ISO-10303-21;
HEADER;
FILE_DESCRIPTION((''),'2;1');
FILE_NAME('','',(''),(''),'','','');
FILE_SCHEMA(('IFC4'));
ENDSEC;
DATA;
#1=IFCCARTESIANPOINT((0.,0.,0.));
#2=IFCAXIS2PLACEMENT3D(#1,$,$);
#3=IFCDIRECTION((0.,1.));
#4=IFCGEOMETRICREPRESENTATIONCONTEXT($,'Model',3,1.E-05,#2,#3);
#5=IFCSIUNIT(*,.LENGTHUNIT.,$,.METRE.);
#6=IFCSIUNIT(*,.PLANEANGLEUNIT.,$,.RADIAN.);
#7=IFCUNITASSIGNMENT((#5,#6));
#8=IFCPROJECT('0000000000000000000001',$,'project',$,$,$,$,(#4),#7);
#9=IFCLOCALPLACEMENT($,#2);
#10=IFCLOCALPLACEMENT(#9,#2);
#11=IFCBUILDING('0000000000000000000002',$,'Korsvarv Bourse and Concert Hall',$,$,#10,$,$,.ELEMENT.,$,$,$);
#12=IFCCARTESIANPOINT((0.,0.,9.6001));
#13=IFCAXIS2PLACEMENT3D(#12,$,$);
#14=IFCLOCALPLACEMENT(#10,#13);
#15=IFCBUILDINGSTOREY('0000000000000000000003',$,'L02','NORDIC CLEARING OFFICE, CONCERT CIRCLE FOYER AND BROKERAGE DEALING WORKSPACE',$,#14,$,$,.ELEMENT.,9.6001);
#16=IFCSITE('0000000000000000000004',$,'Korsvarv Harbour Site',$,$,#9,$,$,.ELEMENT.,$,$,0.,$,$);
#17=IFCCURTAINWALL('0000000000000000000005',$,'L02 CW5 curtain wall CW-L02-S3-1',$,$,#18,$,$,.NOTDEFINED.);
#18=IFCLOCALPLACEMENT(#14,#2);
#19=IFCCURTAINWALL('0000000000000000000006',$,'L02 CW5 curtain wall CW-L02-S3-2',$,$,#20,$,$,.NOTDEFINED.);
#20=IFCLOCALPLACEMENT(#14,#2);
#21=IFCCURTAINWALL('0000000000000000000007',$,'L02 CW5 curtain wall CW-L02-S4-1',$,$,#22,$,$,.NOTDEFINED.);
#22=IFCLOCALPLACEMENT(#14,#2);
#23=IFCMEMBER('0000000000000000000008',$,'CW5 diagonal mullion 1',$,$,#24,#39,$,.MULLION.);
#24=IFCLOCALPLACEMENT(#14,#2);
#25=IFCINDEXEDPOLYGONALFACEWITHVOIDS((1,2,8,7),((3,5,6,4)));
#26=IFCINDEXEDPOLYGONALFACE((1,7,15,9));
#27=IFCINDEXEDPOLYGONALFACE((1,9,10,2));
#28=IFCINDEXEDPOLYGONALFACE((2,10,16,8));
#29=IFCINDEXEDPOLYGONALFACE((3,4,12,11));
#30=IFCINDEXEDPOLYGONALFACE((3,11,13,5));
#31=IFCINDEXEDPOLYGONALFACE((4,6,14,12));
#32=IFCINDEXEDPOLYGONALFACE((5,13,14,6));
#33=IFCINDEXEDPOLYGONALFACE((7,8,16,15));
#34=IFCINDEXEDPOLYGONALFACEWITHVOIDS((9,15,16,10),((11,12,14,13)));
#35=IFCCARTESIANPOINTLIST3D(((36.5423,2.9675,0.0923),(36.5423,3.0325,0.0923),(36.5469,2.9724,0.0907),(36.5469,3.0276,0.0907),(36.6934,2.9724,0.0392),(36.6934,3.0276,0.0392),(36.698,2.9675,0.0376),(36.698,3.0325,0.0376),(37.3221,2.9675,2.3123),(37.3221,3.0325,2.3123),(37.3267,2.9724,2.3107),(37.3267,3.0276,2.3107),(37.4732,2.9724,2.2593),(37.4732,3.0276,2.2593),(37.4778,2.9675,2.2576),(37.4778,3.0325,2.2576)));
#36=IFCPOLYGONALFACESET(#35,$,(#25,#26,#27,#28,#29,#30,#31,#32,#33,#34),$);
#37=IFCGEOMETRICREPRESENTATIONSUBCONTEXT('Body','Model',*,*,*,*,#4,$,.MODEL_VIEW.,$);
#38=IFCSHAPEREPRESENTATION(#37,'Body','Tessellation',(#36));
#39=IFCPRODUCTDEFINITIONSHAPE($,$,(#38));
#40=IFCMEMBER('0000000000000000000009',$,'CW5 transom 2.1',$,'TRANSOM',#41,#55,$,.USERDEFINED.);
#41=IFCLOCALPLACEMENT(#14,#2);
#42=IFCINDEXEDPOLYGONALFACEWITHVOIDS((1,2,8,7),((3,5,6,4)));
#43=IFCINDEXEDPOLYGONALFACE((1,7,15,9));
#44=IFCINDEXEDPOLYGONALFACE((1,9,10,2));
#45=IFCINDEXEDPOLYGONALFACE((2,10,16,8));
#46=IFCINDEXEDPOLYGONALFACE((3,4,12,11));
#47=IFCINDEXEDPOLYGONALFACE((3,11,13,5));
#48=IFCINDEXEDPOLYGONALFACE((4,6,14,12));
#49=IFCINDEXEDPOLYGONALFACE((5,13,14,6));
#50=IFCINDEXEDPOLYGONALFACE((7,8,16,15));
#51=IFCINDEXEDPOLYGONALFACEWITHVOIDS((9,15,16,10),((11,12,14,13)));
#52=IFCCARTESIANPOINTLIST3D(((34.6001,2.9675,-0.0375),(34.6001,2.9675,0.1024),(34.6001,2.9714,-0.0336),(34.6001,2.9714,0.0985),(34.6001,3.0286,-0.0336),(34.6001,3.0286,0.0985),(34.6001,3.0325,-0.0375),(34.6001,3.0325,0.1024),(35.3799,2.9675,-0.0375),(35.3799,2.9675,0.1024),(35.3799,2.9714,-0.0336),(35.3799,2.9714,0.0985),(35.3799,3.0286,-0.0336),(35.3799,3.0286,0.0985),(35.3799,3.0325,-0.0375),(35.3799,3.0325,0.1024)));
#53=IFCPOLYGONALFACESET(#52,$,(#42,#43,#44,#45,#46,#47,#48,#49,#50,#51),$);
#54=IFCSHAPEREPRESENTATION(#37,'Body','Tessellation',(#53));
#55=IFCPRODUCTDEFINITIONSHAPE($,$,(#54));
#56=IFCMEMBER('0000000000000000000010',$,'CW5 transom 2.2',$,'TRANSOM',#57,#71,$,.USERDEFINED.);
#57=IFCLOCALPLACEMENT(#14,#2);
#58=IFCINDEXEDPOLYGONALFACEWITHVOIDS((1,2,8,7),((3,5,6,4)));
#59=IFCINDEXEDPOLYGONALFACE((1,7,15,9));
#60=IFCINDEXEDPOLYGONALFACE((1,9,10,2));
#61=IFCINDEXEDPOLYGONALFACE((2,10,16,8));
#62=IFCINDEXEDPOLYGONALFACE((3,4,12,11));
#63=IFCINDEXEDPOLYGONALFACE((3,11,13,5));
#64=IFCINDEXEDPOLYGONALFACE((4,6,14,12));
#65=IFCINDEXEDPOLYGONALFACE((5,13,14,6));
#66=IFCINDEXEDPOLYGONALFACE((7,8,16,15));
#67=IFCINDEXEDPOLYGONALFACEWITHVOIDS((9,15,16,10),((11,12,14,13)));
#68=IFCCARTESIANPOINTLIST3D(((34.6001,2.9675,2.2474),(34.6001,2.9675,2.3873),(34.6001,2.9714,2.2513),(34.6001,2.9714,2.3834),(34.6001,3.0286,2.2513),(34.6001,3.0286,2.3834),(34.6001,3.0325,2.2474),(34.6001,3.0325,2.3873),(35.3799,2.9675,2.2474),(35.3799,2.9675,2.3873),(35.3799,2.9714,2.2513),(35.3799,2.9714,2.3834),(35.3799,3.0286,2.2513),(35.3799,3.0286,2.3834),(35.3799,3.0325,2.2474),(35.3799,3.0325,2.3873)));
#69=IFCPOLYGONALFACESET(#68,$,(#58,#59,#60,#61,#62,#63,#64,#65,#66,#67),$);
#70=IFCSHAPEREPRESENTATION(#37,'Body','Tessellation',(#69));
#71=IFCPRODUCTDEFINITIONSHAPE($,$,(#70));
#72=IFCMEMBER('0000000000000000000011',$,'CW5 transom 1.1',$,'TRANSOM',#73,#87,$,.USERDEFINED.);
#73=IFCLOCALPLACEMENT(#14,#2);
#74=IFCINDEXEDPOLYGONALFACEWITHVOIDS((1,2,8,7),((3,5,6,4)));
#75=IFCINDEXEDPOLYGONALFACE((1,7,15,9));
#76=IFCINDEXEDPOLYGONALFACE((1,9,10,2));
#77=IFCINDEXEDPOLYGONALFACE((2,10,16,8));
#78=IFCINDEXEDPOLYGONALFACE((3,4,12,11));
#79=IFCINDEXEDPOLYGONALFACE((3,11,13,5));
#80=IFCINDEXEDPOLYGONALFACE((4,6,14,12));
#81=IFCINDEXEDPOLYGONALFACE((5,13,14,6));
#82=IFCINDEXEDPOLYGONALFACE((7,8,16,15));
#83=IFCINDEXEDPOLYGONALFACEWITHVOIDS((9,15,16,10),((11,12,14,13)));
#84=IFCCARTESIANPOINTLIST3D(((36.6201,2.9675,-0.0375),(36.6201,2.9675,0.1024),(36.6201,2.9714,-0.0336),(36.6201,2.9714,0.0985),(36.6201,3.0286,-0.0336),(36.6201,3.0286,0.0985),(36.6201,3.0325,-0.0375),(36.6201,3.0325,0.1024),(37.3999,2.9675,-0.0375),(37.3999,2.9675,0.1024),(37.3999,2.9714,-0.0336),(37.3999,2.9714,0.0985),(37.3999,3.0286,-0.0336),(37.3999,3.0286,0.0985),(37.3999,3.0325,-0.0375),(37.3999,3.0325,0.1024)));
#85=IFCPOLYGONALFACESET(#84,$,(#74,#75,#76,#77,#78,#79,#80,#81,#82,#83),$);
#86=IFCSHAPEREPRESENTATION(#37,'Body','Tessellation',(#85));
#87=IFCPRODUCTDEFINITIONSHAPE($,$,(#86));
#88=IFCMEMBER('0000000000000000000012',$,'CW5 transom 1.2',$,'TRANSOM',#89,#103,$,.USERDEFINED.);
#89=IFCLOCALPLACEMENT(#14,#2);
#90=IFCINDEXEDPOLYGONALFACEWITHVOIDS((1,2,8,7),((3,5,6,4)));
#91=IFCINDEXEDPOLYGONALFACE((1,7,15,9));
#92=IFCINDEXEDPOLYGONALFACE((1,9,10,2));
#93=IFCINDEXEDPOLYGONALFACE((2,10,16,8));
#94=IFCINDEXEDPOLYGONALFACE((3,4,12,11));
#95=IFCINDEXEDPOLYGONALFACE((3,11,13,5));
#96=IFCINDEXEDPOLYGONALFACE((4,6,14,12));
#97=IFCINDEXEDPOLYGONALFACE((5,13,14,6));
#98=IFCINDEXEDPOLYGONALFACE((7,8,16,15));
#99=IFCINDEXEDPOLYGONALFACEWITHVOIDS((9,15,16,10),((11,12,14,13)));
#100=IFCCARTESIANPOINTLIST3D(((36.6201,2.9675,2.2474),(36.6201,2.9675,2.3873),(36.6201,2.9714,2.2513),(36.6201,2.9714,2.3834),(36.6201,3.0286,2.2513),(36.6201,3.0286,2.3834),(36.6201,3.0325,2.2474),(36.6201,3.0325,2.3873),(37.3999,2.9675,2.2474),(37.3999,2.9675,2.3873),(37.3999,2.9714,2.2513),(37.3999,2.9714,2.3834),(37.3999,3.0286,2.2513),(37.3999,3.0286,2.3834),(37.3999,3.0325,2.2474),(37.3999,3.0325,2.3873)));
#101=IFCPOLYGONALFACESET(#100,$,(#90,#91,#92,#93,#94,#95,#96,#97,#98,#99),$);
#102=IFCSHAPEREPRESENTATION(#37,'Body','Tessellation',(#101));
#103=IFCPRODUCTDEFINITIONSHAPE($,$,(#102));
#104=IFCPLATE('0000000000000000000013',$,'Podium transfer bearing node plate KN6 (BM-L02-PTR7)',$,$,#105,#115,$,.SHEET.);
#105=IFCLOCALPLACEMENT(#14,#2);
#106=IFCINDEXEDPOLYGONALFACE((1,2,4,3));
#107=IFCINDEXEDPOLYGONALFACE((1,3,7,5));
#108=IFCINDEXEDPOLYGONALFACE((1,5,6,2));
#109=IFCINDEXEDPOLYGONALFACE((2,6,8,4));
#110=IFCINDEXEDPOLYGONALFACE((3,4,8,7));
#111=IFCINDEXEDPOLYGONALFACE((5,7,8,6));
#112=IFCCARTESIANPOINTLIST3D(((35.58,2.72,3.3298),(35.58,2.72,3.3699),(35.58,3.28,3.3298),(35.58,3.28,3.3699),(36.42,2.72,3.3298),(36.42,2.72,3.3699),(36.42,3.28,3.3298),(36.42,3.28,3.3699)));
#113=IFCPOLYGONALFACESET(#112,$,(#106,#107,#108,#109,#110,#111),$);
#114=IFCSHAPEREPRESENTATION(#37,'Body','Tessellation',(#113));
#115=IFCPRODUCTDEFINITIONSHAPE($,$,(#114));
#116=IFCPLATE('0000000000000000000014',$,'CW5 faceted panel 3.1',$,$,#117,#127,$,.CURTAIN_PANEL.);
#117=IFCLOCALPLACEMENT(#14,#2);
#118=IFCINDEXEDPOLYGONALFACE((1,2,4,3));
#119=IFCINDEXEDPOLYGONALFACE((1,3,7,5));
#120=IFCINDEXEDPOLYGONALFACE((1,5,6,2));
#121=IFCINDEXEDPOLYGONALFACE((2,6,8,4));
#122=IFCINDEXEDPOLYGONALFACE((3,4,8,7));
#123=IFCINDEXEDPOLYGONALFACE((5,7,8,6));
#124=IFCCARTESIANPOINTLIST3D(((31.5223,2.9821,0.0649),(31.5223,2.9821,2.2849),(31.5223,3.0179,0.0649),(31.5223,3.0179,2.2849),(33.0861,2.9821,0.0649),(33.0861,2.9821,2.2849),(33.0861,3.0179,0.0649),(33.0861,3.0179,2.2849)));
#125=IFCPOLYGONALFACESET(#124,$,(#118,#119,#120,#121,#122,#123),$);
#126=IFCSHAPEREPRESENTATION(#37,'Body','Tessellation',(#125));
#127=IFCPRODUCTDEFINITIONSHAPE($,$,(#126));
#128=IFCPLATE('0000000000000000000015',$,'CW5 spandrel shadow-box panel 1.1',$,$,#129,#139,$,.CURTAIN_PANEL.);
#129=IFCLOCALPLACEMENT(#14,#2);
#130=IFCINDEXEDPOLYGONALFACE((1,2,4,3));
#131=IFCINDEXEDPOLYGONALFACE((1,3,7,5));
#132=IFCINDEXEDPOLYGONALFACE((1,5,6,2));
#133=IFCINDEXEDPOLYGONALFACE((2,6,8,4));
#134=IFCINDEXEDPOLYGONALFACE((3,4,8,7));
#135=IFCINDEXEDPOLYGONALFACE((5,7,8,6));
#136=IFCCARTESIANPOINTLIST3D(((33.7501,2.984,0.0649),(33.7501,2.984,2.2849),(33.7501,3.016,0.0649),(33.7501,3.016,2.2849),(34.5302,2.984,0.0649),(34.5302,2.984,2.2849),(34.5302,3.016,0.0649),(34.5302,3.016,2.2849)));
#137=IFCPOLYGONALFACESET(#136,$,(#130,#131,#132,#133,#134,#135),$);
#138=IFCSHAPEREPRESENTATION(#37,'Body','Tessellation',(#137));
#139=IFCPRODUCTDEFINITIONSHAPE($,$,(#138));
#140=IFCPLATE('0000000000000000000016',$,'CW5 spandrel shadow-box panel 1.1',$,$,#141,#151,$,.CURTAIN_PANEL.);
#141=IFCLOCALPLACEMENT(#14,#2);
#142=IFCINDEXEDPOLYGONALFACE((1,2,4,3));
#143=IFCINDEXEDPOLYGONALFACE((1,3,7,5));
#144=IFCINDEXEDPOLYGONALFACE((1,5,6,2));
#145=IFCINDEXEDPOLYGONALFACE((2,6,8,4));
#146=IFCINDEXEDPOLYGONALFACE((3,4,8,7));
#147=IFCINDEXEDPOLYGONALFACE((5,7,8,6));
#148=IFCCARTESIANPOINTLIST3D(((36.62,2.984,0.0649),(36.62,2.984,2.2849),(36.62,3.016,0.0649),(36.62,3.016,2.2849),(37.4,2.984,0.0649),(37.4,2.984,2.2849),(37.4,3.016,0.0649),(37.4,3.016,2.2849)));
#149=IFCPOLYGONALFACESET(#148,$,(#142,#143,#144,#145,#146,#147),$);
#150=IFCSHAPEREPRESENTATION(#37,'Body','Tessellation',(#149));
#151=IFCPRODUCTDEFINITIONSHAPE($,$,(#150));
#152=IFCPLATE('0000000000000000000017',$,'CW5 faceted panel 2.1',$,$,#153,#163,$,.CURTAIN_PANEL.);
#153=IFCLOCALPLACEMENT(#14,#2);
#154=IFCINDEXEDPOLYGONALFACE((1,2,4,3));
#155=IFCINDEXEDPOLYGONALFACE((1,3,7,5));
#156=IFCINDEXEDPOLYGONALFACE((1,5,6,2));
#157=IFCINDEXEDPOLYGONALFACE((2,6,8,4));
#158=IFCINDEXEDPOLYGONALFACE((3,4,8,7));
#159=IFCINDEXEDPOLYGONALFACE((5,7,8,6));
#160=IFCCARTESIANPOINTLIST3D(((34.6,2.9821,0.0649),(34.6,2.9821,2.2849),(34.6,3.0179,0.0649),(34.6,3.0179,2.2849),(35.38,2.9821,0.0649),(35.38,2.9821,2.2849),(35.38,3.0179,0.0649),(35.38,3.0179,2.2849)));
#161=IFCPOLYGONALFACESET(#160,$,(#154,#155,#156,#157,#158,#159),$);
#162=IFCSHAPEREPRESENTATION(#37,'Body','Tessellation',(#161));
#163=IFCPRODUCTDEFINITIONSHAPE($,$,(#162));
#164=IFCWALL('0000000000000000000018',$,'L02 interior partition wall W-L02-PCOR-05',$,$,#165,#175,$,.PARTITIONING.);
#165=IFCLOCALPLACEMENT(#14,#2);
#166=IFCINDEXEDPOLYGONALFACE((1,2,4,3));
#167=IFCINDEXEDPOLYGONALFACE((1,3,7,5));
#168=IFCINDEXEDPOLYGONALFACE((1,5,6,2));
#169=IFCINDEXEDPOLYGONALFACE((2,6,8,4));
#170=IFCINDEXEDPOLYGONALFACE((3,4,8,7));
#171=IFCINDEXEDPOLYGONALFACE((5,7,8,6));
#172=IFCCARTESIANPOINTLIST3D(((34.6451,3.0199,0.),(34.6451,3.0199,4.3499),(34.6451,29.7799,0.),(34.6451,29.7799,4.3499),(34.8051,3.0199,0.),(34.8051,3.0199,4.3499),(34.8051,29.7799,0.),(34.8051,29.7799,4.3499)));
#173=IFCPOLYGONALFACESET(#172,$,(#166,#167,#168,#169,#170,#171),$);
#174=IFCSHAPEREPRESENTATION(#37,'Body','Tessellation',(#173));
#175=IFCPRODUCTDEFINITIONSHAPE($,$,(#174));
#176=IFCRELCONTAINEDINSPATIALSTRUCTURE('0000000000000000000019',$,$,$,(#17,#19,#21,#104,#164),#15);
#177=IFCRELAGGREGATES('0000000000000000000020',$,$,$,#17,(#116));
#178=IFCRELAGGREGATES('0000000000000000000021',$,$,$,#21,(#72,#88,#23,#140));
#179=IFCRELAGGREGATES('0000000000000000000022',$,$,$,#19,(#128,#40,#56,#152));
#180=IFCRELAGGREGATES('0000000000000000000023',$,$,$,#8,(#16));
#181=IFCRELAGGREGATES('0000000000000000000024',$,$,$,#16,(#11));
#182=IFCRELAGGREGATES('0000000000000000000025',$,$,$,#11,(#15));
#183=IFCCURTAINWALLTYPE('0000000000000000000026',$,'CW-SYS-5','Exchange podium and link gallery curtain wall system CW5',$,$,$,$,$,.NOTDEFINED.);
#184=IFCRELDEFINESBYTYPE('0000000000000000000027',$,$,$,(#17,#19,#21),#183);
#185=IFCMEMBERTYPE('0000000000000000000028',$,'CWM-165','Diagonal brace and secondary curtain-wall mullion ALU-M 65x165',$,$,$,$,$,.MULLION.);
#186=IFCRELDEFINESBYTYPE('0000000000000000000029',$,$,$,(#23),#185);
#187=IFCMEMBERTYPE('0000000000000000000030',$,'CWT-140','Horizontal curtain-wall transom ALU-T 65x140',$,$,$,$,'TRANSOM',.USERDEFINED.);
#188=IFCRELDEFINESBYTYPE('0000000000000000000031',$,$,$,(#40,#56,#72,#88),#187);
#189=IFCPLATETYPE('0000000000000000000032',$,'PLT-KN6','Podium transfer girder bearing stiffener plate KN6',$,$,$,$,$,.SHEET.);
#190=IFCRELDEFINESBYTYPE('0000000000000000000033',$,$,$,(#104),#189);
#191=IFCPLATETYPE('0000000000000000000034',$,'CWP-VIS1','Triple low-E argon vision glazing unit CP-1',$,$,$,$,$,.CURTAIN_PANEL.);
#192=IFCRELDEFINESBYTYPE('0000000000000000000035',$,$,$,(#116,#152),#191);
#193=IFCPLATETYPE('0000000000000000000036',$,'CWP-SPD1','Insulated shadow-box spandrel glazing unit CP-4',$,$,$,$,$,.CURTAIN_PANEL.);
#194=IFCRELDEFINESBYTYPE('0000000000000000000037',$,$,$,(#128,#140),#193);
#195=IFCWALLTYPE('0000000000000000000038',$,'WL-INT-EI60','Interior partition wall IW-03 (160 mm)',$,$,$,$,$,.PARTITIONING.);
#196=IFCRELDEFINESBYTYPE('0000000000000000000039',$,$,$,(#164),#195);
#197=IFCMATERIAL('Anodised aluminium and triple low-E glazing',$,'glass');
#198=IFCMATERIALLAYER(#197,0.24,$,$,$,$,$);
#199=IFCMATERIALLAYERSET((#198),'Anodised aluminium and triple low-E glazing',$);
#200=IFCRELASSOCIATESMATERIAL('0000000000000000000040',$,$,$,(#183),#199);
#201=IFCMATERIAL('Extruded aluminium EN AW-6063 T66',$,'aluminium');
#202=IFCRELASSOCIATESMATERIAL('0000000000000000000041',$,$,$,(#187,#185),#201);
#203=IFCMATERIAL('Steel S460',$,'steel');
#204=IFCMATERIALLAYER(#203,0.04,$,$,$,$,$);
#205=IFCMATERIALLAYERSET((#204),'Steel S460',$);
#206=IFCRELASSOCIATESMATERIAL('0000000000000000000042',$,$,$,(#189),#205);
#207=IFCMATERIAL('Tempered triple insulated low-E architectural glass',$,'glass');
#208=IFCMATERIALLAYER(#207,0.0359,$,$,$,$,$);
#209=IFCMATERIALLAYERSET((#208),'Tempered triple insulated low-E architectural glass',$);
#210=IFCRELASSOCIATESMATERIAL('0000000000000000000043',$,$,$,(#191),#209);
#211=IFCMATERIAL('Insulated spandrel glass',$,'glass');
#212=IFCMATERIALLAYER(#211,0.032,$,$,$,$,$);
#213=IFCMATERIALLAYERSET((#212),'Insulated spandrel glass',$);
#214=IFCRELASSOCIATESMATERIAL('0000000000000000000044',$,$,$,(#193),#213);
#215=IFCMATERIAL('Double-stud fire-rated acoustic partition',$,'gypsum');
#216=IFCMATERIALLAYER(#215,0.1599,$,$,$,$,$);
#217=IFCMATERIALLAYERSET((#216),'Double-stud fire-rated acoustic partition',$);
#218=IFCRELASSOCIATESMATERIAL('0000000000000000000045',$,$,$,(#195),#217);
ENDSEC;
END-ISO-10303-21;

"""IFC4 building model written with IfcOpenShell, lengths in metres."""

from ifc_helpers import new_model, si_unit, direction, frame, frame_2d, origin, origin_2d, place, context, subcontext, project, spatial, rectangle, hollow_rectangle, extrude, source, transform, mapped, material, layer, layer_set, material_profile, profile_set, type_object, element, aggregate, save


model = new_model("IFC4")

# Units and contexts
model_context = context("Model", 3, precision=1e-05, world=origin(), true_north=direction((0.0, 1.0)))
body_context = subcontext(model_context, "Body", "Model", "MODEL_VIEW")
ifc_project = project(units=[si_unit("LENGTHUNIT", "METRE"), si_unit("PLANEANGLEUNIT", "RADIAN")], contexts=[model_context])

# Site, building, storey
site_placement = place(None, origin())
site = spatial("IfcSite", under=ifc_project, at=site_placement, Name="Korsvarv Harbour Site", CompositionType="ELEMENT", RefElevation=0.0)
building_placement = place(site_placement, origin())
building = spatial("IfcBuilding", under=site, at=building_placement, Name="Korsvarv Bourse and Concert Hall", CompositionType="ELEMENT")
storey_placement = place(building_placement, frame((0.0, 0.0, 9.6001)))
storey = spatial("IfcBuildingStorey", under=building, at=storey_placement, Name="L02", Description="NORDIC CLEARING OFFICE, CONCERT CIRCLE FOYER AND BROKERAGE DEALING WORKSPACE", CompositionType="ELEMENT", Elevation=9.6001)

# Curtain wall
ifc_material_1 = material(Name="Anodised aluminium and triple low-E glazing", Category="glass")
ifc_layer_1 = layer(ifc_material_1, 0.24)
ifc_layer_set_1 = layer_set([ifc_layer_1], Name="Anodised aluminium and triple low-E glazing")
curtain_wall_type = type_object("IfcCurtainWallType", Name="CW-SYS-5", Description="Exchange podium and link gallery curtain wall system CW5", PredefinedType="NOTDEFINED", material=ifc_layer_set_1)
curtain_wall_1_placement = place(storey_placement, origin())
curtain_wall_1 = element("IfcCurtainWall", 1, at=curtain_wall_1_placement, inside=storey, type_object=curtain_wall_type, Name="L02 CW5 curtain wall CW-L02-S3-1", PredefinedType="NOTDEFINED")
ifc_material_2 = material(Name="Extruded aluminium EN AW-6063 T66", Category="aluminium")

# Curtain wall
curtain_wall_2_placement = place(storey_placement, origin())
curtain_wall_2 = element("IfcCurtainWall", 2, at=curtain_wall_2_placement, inside=storey, type_object=curtain_wall_type, Name="L02 CW5 curtain wall CW-L02-S3-2", PredefinedType="NOTDEFINED")

# Curtain wall
curtain_wall_3_placement = place(storey_placement, origin())
curtain_wall_3 = element("IfcCurtainWall", 3, at=curtain_wall_3_placement, inside=storey, type_object=curtain_wall_type, Name="L02 CW5 curtain wall CW-L02-S4-1", PredefinedType="NOTDEFINED")

# Members
ifc_material_profile_1 = material_profile(ifc_material_2, hollow_rectangle(XDim=0.0649, YDim=0.1399, WallThickness=0.0039, at=origin_2d()), Name="ALU-T 65x140")
ifc_profile_set_1 = profile_set([ifc_material_profile_1], Name="Extruded aluminium EN AW-6063 T66")
member_type_1 = type_object("IfcMemberType", Name="CWT-140", Description="Horizontal curtain-wall transom ALU-T 65x140", ElementType="TRANSOM", PredefinedType="USERDEFINED", material=ifc_profile_set_1)
ifc_material_profile_2 = material_profile(ifc_material_2, hollow_rectangle(XDim=0.0649, YDim=0.165, WallThickness=0.0049, at=origin_2d()), Name="ALU-M 65x165")
ifc_profile_set_2 = profile_set([ifc_material_profile_2], Name="Extruded aluminium EN AW-6063 T66")
member_type_2 = type_object("IfcMemberType", Name="CWM-165", Description="Diagonal brace and secondary curtain-wall mullion ALU-M 65x165", PredefinedType="MULLION", material=ifc_profile_set_2)
shared_shape_1 = source(origin(), body_context, "Body", "SweptSolid", [
    extrude(hollow_rectangle(XDim=0.0649, YDim=0.165, WallThickness=0.0049, at=origin_2d()), origin(), (0.0, 0.0, 1.0), 2.353),
])
member_1_placement = place(storey_placement, frame((36.6201, 3.0, 0.0649), z_axis=(0.331409, 0.0, 0.943487), x_axis=(0.0, 1.0, 0.0)))
member_1 = element("IfcMember", 4, at=member_1_placement, type_object=member_type_2, Name="CW5 diagonal mullion 1", PredefinedType="MULLION", context=body_context, shape_type="MappedRepresentation", body=[
    mapped(shared_shape_1, transform((0.0, 0.0, 0.0), scale=1.0)),
])
shared_shape_2 = source(origin(), body_context, "Body", "SweptSolid", [
    extrude(hollow_rectangle(XDim=0.0649, YDim=0.1399, WallThickness=0.0039, at=origin_2d()), origin(), (0.0, 0.0, 1.0), 0.7798),
])
member_2_placement = place(storey_placement, frame((34.6001, 3.0, 0.0325), z_axis=(1.0, 0.0, 0.0), x_axis=(0.0, 1.0, 0.0)))
member_2 = element("IfcMember", 5, at=member_2_placement, type_object=member_type_1, Name="CW5 transom 2.1", ObjectType="TRANSOM", PredefinedType="USERDEFINED", context=body_context, shape_type="MappedRepresentation", body=[
    mapped(shared_shape_2, transform((0.0, 0.0, 0.0), scale=1.0)),
])
member_3_placement = place(storey_placement, frame((34.6001, 3.0, 2.3174), z_axis=(1.0, 0.0, 0.0), x_axis=(0.0, 1.0, 0.0)))
member_3 = element("IfcMember", 6, at=member_3_placement, type_object=member_type_1, Name="CW5 transom 2.2", ObjectType="TRANSOM", PredefinedType="USERDEFINED", context=body_context, shape_type="MappedRepresentation", body=[
    mapped(shared_shape_2, transform((0.0, 0.0, 0.0), scale=1.0)),
])
member_4_placement = place(storey_placement, frame((36.6201, 3.0, 0.0325), z_axis=(1.0, 0.0, 0.0), x_axis=(0.0, 1.0, 0.0)))
member_4 = element("IfcMember", 7, at=member_4_placement, type_object=member_type_1, Name="CW5 transom 1.1", ObjectType="TRANSOM", PredefinedType="USERDEFINED", context=body_context, shape_type="MappedRepresentation", body=[
    mapped(shared_shape_2, transform((0.0, 0.0, 0.0), scale=1.0)),
])
member_5_placement = place(storey_placement, frame((36.6201, 3.0, 2.3174), z_axis=(1.0, 0.0, 0.0), x_axis=(0.0, 1.0, 0.0)))
member_5 = element("IfcMember", 8, at=member_5_placement, type_object=member_type_1, Name="CW5 transom 1.2", ObjectType="TRANSOM", PredefinedType="USERDEFINED", context=body_context, shape_type="MappedRepresentation", body=[
    mapped(shared_shape_2, transform((0.0, 0.0, 0.0), scale=1.0)),
])

# Plates
ifc_material_3 = material(Name="Steel S460", Category="steel")
ifc_layer_2 = layer(ifc_material_3, 0.04)
ifc_layer_set_2 = layer_set([ifc_layer_2], Name="Steel S460")
plate_type_1 = type_object("IfcPlateType", Name="PLT-KN6", Description="Podium transfer girder bearing stiffener plate KN6", PredefinedType="SHEET", material=ifc_layer_set_2)
shared_shape_3 = source(origin(), body_context, "Body", "SweptSolid", [
    extrude(rectangle(XDim=0.8401, YDim=0.5601, at=origin_2d()), origin(), (0.0, 0.0, 1.0), 0.04),
])
plate_1_placement = place(storey_placement, frame((36.0, 3.0, 3.3298), z_axis=(0.0, 0.0, 1.0), x_axis=(1.0, 0.0, 0.0)))
element("IfcPlate", 9, at=plate_1_placement, inside=storey, type_object=plate_type_1, Name="Podium transfer bearing node plate KN6 (BM-L02-PTR7)", PredefinedType="SHEET", context=body_context, shape_type="MappedRepresentation", body=[
    mapped(shared_shape_3, transform((0.0, 0.0, 0.0), scale=1.0)),
])
ifc_material_4 = material(Name="Tempered triple insulated low-E architectural glass", Category="glass")
ifc_layer_3 = layer(ifc_material_4, 0.0359)
ifc_layer_set_3 = layer_set([ifc_layer_3], Name="Tempered triple insulated low-E architectural glass")
plate_type_2 = type_object("IfcPlateType", Name="CWP-VIS1", Description="Triple low-E argon vision glazing unit CP-1", PredefinedType="CURTAIN_PANEL", material=ifc_layer_set_3)
shared_shape_4 = source(origin(), body_context, "Body", "SweptSolid", [
    extrude(rectangle(XDim=1.5637, YDim=0.0359, at=origin_2d()), origin(), (0.0, 0.0, 1.0), 2.22),
])
plate_2_placement = place(storey_placement, frame((32.3042, 3.0, 0.0649), z_axis=(0.0, 0.0, 1.0), x_axis=(1.0, 0.0, 0.0)))
plate_2 = element("IfcPlate", 10, at=plate_2_placement, type_object=plate_type_2, Name="CW5 faceted panel 3.1", PredefinedType="CURTAIN_PANEL", context=body_context, shape_type="MappedRepresentation", body=[
    mapped(shared_shape_4, transform((0.0, 0.0, 0.0), scale=1.0)),
])
aggregate(curtain_wall_1, [plate_2])
ifc_material_5 = material(Name="Insulated spandrel glass", Category="glass")
ifc_layer_4 = layer(ifc_material_5, 0.032)
ifc_layer_set_4 = layer_set([ifc_layer_4], Name="Insulated spandrel glass")
plate_type_3 = type_object("IfcPlateType", Name="CWP-SPD1", Description="Insulated shadow-box spandrel glazing unit CP-4", PredefinedType="CURTAIN_PANEL", material=ifc_layer_set_4)
shared_shape_5 = source(origin(), body_context, "Body", "SweptSolid", [
    extrude(rectangle(XDim=0.78, YDim=0.032, at=origin_2d()), origin(), (0.0, 0.0, 1.0), 2.22),
])
plate_3_placement = place(storey_placement, frame((34.1401, 3.0, 0.0649), z_axis=(0.0, 0.0, 1.0), x_axis=(1.0, 0.0, 0.0)))
plate_3 = element("IfcPlate", 11, at=plate_3_placement, type_object=plate_type_3, Name="CW5 spandrel shadow-box panel 1.1", PredefinedType="CURTAIN_PANEL", context=body_context, shape_type="MappedRepresentation", body=[
    mapped(shared_shape_5, transform((0.0, 0.0, 0.0), scale=1.0)),
])
plate_4_placement = place(storey_placement, frame((37.01, 3.0, 0.0649), z_axis=(0.0, 0.0, 1.0), x_axis=(1.0, 0.0, 0.0)))
plate_4 = element("IfcPlate", 12, at=plate_4_placement, type_object=plate_type_3, Name="CW5 spandrel shadow-box panel 1.1", PredefinedType="CURTAIN_PANEL", context=body_context, shape_type="MappedRepresentation", body=[
    mapped(shared_shape_5, transform((0.0, 0.0, 0.0), scale=1.0)),
])
aggregate(curtain_wall_3, [member_4, member_5, member_1, plate_4])
shared_shape_6 = source(origin(), body_context, "Body", "SweptSolid", [
    extrude(rectangle(XDim=0.78, YDim=0.0359, at=origin_2d()), origin(), (0.0, 0.0, 1.0), 2.22),
])
plate_5_placement = place(storey_placement, frame((34.99, 3.0, 0.0649), z_axis=(0.0, 0.0, 1.0), x_axis=(1.0, 0.0, 0.0)))
plate_5 = element("IfcPlate", 13, at=plate_5_placement, type_object=plate_type_2, Name="CW5 faceted panel 2.1", PredefinedType="CURTAIN_PANEL", context=body_context, shape_type="MappedRepresentation", body=[
    mapped(shared_shape_6, transform((0.0, 0.0, 0.0), scale=1.0)),
])
aggregate(curtain_wall_2, [plate_3, member_2, member_3, plate_5])

# Wall
ifc_material_6 = material(Name="Double-stud fire-rated acoustic partition", Category="gypsum")
ifc_layer_5 = layer(ifc_material_6, 0.1599)
ifc_layer_set_5 = layer_set([ifc_layer_5], Name="Double-stud fire-rated acoustic partition")
wall_type = type_object("IfcWallType", Name="WL-INT-EI60", Description="Interior partition wall IW-03 (160 mm)", PredefinedType="PARTITIONING", material=ifc_layer_set_5)
wall_placement = place(storey_placement, frame((34.7251, 3.02, 0.0), z_axis=(0.0, 0.0, 1.0), x_axis=(0.0, 1.0, 0.0)))
element("IfcWall", 14, at=wall_placement, inside=storey, type_object=wall_type, Name="L02 interior partition wall W-L02-PCOR-05", PredefinedType="PARTITIONING", context=body_context, shape_type="SweptSolid", body=[
    extrude(rectangle(XDim=26.76, YDim=0.1599, at=frame_2d((13.3799, 0.0))), origin(), (0.0, 0.0, 1.0), 4.3499),
])

save(model, "model.ifc")
